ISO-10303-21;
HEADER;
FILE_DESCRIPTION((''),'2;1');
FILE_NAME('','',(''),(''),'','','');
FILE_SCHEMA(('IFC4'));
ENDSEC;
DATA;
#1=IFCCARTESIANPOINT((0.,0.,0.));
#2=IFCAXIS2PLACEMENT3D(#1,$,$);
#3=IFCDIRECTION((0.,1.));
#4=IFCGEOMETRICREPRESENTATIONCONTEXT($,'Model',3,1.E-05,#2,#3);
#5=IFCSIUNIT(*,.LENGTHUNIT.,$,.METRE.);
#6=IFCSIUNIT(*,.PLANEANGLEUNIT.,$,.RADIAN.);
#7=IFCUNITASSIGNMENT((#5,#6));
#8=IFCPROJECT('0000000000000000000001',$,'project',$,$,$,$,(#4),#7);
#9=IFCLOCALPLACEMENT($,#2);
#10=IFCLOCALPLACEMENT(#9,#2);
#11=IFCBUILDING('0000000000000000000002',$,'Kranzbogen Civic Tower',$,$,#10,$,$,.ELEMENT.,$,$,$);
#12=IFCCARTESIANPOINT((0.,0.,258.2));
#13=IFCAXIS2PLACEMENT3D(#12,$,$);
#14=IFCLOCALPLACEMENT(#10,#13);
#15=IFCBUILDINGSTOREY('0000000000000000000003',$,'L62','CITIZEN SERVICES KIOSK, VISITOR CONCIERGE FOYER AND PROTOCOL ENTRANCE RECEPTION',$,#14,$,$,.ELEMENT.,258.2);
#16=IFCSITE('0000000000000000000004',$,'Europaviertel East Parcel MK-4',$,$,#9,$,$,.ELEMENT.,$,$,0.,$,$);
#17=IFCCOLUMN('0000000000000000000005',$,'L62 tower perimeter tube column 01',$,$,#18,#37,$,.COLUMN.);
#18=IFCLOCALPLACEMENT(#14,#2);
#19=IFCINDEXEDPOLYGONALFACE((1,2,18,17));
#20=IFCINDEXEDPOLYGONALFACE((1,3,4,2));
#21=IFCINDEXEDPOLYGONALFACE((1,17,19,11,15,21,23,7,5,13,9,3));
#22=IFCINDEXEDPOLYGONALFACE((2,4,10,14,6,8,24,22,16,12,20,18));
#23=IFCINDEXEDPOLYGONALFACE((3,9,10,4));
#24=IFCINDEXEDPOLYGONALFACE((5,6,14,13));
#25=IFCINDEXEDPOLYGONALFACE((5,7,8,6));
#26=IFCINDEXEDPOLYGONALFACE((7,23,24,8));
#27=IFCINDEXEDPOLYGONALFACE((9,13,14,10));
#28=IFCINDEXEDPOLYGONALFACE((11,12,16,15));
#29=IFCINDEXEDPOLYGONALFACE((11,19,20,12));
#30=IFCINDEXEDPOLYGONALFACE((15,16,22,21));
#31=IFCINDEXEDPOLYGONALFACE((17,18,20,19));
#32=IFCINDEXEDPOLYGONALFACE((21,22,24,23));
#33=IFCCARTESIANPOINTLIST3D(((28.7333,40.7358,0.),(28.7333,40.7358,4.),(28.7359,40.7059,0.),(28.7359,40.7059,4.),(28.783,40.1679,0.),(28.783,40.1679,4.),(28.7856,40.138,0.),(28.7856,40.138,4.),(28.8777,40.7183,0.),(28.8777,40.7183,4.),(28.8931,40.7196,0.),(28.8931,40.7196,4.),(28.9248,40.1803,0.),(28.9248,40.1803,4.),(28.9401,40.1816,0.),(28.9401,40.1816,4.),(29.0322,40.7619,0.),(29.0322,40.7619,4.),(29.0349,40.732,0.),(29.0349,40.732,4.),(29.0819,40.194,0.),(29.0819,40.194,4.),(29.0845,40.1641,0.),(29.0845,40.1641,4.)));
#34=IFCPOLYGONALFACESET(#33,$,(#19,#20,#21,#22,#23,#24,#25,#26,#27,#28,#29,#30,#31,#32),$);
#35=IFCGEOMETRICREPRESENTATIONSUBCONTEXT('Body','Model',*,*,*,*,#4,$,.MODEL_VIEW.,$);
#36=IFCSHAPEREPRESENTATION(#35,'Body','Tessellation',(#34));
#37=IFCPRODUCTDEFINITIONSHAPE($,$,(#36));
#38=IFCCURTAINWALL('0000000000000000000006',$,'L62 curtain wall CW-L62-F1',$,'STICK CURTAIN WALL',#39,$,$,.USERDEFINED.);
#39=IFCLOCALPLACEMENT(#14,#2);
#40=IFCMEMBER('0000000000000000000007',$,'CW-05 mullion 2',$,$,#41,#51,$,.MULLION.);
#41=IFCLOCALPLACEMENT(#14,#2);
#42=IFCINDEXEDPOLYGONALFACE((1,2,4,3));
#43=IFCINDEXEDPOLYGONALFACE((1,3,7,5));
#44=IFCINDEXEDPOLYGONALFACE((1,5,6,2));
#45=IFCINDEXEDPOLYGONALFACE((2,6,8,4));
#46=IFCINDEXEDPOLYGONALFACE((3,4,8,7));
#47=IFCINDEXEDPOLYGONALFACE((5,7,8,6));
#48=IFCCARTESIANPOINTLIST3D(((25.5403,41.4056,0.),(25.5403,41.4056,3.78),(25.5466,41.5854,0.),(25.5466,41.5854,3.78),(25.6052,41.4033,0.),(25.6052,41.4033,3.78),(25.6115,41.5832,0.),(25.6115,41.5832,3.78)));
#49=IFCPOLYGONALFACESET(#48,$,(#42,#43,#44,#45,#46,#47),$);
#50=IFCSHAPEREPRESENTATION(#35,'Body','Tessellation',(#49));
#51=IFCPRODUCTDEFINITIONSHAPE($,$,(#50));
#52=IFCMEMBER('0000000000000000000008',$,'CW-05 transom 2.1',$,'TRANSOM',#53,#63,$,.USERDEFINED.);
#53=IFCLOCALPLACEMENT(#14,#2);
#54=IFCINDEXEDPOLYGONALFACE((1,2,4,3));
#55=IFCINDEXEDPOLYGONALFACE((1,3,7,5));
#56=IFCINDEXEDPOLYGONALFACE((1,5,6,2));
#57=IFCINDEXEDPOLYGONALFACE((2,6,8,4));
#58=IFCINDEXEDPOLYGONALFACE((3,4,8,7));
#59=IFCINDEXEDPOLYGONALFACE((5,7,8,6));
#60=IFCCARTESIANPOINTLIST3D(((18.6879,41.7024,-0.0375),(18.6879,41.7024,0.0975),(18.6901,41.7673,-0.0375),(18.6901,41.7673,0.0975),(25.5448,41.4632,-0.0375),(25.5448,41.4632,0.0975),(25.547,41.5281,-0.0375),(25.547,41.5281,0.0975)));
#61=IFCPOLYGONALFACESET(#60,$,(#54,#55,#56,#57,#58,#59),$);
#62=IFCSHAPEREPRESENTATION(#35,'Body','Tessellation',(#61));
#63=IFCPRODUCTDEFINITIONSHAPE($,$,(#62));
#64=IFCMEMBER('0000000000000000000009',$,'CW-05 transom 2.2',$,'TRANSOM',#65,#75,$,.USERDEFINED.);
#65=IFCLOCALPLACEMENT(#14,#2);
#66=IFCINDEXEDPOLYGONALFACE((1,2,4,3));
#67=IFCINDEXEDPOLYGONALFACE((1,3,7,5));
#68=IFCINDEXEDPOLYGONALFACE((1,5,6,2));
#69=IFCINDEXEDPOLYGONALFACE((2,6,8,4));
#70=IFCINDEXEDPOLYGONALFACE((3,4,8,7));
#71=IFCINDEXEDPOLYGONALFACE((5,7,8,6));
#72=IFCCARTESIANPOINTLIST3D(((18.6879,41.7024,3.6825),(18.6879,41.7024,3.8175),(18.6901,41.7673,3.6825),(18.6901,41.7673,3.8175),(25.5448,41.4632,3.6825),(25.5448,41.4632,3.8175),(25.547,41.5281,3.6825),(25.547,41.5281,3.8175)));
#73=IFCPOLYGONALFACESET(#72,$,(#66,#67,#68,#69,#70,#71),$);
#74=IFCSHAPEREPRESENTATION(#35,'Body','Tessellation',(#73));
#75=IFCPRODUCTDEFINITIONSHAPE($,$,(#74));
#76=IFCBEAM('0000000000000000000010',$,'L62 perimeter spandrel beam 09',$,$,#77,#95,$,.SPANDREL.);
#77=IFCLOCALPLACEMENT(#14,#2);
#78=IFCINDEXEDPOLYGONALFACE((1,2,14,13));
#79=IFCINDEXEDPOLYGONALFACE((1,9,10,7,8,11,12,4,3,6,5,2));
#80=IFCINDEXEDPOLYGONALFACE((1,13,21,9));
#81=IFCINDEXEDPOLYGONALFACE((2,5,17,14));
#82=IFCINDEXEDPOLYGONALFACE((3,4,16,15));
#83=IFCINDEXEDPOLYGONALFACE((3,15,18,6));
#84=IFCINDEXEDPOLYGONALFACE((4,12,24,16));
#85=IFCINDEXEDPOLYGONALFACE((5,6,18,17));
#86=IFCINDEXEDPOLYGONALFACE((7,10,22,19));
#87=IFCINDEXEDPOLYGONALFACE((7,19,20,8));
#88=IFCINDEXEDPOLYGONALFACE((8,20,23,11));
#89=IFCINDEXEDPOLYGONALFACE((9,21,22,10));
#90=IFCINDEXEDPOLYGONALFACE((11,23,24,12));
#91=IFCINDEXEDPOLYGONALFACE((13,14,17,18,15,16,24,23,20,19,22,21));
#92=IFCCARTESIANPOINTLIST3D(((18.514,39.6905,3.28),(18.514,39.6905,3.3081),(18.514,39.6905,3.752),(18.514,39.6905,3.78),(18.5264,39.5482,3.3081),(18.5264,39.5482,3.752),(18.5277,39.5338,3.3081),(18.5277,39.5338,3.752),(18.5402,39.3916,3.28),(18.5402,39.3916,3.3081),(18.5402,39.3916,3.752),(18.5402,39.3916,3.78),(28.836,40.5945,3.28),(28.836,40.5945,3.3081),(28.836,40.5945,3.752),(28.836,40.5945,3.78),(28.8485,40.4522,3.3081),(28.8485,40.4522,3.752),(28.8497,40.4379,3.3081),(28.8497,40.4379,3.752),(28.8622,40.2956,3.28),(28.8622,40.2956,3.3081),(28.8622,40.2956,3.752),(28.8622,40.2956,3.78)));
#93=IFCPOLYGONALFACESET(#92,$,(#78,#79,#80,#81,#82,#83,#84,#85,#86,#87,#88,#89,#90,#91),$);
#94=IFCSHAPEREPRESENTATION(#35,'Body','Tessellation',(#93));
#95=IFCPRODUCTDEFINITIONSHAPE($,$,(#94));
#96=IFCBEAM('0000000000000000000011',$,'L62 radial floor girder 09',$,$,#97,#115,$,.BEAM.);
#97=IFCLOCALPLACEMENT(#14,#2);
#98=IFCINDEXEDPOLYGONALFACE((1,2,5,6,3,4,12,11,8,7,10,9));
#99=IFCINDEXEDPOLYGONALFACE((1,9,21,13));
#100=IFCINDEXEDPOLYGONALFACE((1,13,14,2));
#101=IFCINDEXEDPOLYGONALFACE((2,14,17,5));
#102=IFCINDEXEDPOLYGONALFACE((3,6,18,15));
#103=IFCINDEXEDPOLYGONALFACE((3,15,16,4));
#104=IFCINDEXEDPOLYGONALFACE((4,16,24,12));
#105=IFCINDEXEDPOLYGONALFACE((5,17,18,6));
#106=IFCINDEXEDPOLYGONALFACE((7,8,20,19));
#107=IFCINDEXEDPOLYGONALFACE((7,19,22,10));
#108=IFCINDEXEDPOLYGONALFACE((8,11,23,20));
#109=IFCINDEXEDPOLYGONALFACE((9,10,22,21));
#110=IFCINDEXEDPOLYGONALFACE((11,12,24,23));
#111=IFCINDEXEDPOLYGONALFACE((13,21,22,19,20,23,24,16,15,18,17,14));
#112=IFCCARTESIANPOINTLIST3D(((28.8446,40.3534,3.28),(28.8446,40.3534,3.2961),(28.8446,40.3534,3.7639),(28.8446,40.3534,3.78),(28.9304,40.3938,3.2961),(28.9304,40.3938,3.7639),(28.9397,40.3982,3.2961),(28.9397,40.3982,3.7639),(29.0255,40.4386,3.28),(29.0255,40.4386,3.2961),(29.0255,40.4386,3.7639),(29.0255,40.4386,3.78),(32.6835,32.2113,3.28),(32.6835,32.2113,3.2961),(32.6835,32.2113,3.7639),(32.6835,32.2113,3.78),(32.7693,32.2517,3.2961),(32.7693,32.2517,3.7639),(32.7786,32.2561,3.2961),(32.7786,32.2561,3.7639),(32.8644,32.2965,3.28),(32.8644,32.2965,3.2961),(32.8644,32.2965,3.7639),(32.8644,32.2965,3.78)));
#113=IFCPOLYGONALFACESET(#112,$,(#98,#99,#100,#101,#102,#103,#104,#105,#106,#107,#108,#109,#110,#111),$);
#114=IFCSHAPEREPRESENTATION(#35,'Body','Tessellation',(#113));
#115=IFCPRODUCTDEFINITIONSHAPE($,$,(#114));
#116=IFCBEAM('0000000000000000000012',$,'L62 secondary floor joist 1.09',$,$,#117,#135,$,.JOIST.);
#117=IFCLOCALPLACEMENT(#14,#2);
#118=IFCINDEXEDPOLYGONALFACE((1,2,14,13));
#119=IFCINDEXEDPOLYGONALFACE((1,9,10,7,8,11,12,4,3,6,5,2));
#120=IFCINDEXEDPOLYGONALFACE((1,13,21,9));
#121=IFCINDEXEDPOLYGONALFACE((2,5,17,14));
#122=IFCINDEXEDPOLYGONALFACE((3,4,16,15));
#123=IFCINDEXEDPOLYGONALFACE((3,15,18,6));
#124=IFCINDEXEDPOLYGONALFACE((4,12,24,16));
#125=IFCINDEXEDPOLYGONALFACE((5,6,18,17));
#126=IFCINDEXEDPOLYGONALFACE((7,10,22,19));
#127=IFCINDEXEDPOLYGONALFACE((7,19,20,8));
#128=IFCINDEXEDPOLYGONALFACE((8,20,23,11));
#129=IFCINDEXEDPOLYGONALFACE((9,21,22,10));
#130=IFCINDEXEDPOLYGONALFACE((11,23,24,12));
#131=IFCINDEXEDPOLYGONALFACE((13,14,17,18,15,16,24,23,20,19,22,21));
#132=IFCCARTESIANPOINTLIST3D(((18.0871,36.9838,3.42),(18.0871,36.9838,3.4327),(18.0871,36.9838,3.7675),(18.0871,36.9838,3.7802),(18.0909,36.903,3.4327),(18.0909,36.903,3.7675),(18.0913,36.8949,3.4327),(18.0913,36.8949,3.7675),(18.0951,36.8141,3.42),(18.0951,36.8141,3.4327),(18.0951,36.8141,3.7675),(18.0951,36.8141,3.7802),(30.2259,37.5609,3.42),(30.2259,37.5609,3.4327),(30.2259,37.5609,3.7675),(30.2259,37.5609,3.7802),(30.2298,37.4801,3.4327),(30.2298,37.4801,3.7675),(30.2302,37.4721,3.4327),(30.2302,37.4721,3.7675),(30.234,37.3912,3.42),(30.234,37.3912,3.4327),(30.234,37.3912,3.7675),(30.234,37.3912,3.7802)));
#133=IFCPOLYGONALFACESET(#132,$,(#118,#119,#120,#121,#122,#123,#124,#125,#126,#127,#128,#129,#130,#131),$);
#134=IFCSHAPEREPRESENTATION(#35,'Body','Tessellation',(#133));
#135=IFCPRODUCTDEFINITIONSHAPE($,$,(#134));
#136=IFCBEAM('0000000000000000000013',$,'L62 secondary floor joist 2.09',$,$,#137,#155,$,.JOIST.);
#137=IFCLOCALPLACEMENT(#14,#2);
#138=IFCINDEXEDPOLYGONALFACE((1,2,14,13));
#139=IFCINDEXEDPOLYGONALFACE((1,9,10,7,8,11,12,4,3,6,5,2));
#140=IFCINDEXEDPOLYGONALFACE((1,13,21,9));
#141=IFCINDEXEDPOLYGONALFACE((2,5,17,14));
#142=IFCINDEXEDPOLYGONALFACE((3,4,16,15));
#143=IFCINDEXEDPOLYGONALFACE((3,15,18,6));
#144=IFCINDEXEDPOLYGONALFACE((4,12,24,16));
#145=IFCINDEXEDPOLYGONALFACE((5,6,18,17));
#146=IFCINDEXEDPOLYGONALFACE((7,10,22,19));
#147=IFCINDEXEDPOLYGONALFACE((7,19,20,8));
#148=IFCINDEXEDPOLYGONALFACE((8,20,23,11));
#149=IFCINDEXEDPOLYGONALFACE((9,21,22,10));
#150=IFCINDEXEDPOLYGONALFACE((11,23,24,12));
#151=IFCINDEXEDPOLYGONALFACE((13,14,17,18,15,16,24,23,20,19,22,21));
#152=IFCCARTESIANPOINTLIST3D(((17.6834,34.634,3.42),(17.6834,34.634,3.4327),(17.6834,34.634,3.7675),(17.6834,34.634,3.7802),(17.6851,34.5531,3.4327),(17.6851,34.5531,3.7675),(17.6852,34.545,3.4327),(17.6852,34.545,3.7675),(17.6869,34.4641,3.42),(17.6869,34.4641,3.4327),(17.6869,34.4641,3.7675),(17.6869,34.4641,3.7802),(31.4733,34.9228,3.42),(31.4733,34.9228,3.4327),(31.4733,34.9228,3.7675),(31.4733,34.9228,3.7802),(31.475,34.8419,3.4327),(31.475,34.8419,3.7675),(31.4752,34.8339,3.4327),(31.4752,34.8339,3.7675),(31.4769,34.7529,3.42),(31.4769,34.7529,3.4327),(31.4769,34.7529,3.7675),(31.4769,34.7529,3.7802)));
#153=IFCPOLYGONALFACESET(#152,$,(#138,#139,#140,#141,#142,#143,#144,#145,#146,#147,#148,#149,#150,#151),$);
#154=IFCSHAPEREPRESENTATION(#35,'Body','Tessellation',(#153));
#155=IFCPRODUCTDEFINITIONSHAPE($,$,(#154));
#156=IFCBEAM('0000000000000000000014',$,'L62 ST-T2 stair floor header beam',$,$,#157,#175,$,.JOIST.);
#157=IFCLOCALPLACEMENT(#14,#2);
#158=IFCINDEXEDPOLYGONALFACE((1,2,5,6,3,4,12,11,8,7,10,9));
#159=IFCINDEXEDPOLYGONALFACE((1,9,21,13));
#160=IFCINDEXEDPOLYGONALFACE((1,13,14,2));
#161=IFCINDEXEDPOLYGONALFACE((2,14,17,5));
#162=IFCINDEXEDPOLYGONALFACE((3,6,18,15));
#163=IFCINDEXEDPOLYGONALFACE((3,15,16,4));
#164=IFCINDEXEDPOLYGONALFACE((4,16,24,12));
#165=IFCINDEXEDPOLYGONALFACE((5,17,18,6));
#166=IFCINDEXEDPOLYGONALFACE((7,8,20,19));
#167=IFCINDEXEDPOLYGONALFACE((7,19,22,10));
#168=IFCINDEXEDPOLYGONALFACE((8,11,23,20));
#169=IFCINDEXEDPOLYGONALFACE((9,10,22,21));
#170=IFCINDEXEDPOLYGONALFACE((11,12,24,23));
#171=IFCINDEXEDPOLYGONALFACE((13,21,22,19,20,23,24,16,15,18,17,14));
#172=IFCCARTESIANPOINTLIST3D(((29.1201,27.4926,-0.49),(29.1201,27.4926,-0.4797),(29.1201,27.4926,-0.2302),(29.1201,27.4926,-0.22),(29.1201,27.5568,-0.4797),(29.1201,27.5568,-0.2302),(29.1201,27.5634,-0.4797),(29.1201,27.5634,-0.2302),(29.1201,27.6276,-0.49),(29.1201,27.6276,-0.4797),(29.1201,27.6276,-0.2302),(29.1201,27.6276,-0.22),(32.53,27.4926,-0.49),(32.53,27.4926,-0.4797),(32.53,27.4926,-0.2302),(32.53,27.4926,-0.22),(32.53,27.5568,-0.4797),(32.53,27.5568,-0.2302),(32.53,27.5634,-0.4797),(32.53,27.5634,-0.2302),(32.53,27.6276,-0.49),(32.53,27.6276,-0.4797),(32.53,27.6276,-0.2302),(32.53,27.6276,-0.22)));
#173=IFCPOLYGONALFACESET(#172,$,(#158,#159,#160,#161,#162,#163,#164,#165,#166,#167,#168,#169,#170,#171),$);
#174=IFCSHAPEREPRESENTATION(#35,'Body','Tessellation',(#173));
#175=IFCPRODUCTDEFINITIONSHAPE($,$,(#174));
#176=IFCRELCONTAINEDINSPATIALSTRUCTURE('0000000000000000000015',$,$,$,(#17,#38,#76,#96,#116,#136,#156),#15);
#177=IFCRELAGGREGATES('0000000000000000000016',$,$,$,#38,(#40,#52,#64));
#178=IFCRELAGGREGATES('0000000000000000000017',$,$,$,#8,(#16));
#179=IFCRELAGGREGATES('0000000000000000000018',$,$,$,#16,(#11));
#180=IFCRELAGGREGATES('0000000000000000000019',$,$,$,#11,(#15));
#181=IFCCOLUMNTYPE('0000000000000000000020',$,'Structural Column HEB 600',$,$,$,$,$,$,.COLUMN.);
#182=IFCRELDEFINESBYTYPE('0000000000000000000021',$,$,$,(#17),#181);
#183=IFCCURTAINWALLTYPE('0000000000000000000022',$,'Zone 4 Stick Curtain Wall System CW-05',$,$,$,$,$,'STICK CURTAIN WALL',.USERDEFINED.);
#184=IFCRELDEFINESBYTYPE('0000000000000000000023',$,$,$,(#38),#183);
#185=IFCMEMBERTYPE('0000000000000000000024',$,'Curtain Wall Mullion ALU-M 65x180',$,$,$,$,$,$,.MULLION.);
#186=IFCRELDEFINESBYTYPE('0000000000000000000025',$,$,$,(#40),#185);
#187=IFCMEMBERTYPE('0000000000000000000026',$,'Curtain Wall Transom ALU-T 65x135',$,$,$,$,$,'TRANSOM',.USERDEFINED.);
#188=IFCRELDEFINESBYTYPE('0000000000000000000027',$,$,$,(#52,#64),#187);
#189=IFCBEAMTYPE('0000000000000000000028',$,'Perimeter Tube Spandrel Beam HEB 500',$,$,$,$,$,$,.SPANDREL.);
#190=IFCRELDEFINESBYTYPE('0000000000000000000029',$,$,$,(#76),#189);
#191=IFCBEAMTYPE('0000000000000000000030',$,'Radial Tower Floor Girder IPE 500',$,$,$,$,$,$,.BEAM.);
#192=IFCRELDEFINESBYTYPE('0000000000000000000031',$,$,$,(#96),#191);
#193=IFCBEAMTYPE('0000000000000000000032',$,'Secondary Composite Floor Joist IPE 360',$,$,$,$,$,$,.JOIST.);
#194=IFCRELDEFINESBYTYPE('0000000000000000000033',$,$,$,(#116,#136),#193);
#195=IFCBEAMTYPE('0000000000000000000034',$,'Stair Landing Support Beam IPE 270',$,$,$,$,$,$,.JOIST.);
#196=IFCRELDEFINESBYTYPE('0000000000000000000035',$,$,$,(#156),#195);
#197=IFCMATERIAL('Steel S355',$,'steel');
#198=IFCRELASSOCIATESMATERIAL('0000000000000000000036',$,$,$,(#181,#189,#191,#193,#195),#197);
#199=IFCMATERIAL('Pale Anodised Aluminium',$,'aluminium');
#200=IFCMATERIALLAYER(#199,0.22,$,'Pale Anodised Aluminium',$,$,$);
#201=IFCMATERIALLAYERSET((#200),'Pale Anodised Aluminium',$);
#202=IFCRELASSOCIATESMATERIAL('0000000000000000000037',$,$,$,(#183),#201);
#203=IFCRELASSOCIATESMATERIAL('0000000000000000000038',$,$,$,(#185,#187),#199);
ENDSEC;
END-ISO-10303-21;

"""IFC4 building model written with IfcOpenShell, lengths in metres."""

from ifc_helpers import new_model, si_unit, direction, frame, origin, origin_2d, place, context, subcontext, project, spatial, rectangle, i_section, extrude, material, layer, layer_set, material_profile, profile_set, type_object, element, aggregate, save


model = new_model("IFC4")

# Units and contexts
model_context = context("Model", 3, precision=1e-05, world=origin(), true_north=direction((0.0, 1.0)))
body_context = subcontext(model_context, "Body", "Model", "MODEL_VIEW")
ifc_project = project(units=[si_unit("LENGTHUNIT", "METRE"), si_unit("PLANEANGLEUNIT", "RADIAN")], contexts=[model_context])

# Site, building, storey
site_placement = place(None, origin())
site = spatial("IfcSite", under=ifc_project, at=site_placement, Name="Europaviertel East Parcel MK-4", CompositionType="ELEMENT", RefElevation=0.0)
building_placement = place(site_placement, origin())
building = spatial("IfcBuilding", under=site, at=building_placement, Name="Kranzbogen Civic Tower", CompositionType="ELEMENT")
storey_placement = place(building_placement, frame((0.0, 0.0, 258.2)))
storey = spatial("IfcBuildingStorey", under=building, at=storey_placement, Name="L62", Description="CITIZEN SERVICES KIOSK, VISITOR CONCIERGE FOYER AND PROTOCOL ENTRANCE RECEPTION", CompositionType="ELEMENT", Elevation=258.2)

# Column
ifc_material_1 = material(Name="Steel S355", Category="steel")
ifc_material_profile_1 = material_profile(ifc_material_1, i_section(OverallWidth=0.3, OverallDepth=0.6001, WebThickness=0.0154, FlangeThickness=0.03, at=origin_2d()), Name="HEB 600")
ifc_profile_set_1 = profile_set([ifc_material_profile_1], Name="Steel S355")
column_type = type_object("IfcColumnType", Name="Structural Column HEB 600", PredefinedType="COLUMN", material=ifc_profile_set_1)
column_placement = place(storey_placement, frame((28.9089, 40.45, 0.0), z_axis=(0.0, 0.0, 1.0), x_axis=(0.996195, 0.087156, 0.0)))
element("IfcColumn", 1, at=column_placement, inside=storey, type_object=column_type, Name="L62 tower perimeter tube column 01", PredefinedType="COLUMN", context=body_context, shape_type="SweptSolid", body=[
    extrude(i_section(OverallWidth=0.3, OverallDepth=0.6001, WebThickness=0.0154, FlangeThickness=0.03, at=origin_2d()), origin(), (0.0, 0.0, 1.0), 4.0),
])

# Curtain wall, members
ifc_material_2 = material(Name="Pale Anodised Aluminium", Category="aluminium")
ifc_layer_1 = layer(ifc_material_2, 0.22, Name="Pale Anodised Aluminium")
ifc_layer_set_1 = layer_set([ifc_layer_1], Name="Pale Anodised Aluminium")
curtain_wall_type = type_object("IfcCurtainWallType", Name="Zone 4 Stick Curtain Wall System CW-05", ElementType="STICK CURTAIN WALL", PredefinedType="USERDEFINED", material=ifc_layer_set_1)
curtain_wall_placement = place(storey_placement, origin())
curtain_wall = element("IfcCurtainWall", 2, at=curtain_wall_placement, inside=storey, type_object=curtain_wall_type, Name="L62 curtain wall CW-L62-F1", ObjectType="STICK CURTAIN WALL", PredefinedType="USERDEFINED")
ifc_material_profile_2 = material_profile(ifc_material_2, rectangle(XDim=0.0649, YDim=0.1799, at=origin_2d()), Name="ALU-M 65x180")
ifc_profile_set_2 = profile_set([ifc_material_profile_2], Name="Pale Anodised Aluminium")
member_type_1 = type_object("IfcMemberType", Name="Curtain Wall Mullion ALU-M 65x180", PredefinedType="MULLION", material=ifc_profile_set_2)
member_1_placement = place(storey_placement, frame((25.5759, 41.4944, 0.0), z_axis=(0.0, 0.0, 1.0), x_axis=(-0.999391, 0.034886, 0.0)))
member_1 = element("IfcMember", 3, at=member_1_placement, type_object=member_type_1, Name="CW-05 mullion 2", PredefinedType="MULLION", context=body_context, shape_type="SweptSolid", body=[
    extrude(rectangle(XDim=0.0649, YDim=0.1799, at=origin_2d()), origin(), (0.0, 0.0, 1.0), 3.78),
])
ifc_material_profile_3 = material_profile(ifc_material_2, rectangle(XDim=0.0649, YDim=0.135, at=origin_2d()), Name="ALU-T 65x135")
ifc_profile_set_3 = profile_set([ifc_material_profile_3], Name="Pale Anodised Aluminium")
member_type_2 = type_object("IfcMemberType", Name="Curtain Wall Transom ALU-T 65x135", ElementType="TRANSOM", PredefinedType="USERDEFINED", material=ifc_profile_set_3)
member_2_placement = place(storey_placement, frame((25.5459, 41.4956, 0.03), z_axis=(-0.999392, 0.034872, 0.0), x_axis=(-0.034872, -0.999392, 0.0)))
member_2 = element("IfcMember", 4, at=member_2_placement, type_object=member_type_2, Name="CW-05 transom 2.1", ObjectType="TRANSOM", PredefinedType="USERDEFINED", context=body_context, shape_type="SweptSolid", body=[
    extrude(rectangle(XDim=0.0649, YDim=0.135, at=origin_2d()), origin(), (0.0, 0.0, 1.0), 6.8611),
])
member_3_placement = place(storey_placement, frame((25.5459, 41.4956, 3.75), z_axis=(-0.999392, 0.034872, 0.0), x_axis=(-0.034872, -0.999392, 0.0)))
member_3 = element("IfcMember", 5, at=member_3_placement, type_object=member_type_2, Name="CW-05 transom 2.2", ObjectType="TRANSOM", PredefinedType="USERDEFINED", context=body_context, shape_type="SweptSolid", body=[
    extrude(rectangle(XDim=0.0649, YDim=0.135, at=origin_2d()), origin(), (0.0, 0.0, 1.0), 6.8611),
])

# Beams
ifc_material_profile_4 = material_profile(ifc_material_1, i_section(OverallWidth=0.3, OverallDepth=0.5, WebThickness=0.0144, FlangeThickness=0.0281, at=origin_2d()), Name="HEB 500")
ifc_profile_set_4 = profile_set([ifc_material_profile_4], Name="Steel S355")
beam_type_1 = type_object("IfcBeamType", Name="Perimeter Tube Spandrel Beam HEB 500", PredefinedType="SPANDREL", material=ifc_profile_set_4)
beam_1_placement = place(storey_placement, frame((28.8491, 40.4451, 3.53), z_axis=(-0.996186, -0.087251, 0.0), x_axis=(0.087251, -0.996186, 0.0)))
element("IfcBeam", 6, at=beam_1_placement, inside=storey, type_object=beam_type_1, Name="L62 perimeter spandrel beam 09", PredefinedType="SPANDREL", context=body_context, shape_type="SweptSolid", body=[
    extrude(i_section(OverallWidth=0.3, OverallDepth=0.5, WebThickness=0.0144, FlangeThickness=0.0281, at=origin_2d()), origin(), (0.0, 0.0, 1.0), 10.3616),
])
ifc_material_profile_5 = material_profile(ifc_material_1, i_section(OverallWidth=0.2, OverallDepth=0.5, WebThickness=0.0103, FlangeThickness=0.0161, at=origin_2d()), Name="IPE 500")
ifc_profile_set_5 = profile_set([ifc_material_profile_5], Name="Steel S355")
beam_type_2 = type_object("IfcBeamType", Name="Radial Tower Floor Girder IPE 500", PredefinedType="BEAM", material=ifc_profile_set_5)
beam_2_placement = place(storey_placement, frame((28.9351, 40.396, 3.53), z_axis=(0.42646, -0.904506, 0.0), x_axis=(0.904506, 0.42646, 0.0)))
element("IfcBeam", 7, at=beam_2_placement, inside=storey, type_object=beam_type_2, Name="L62 radial floor girder 09", PredefinedType="BEAM", context=body_context, shape_type="SweptSolid", body=[
    extrude(i_section(OverallWidth=0.2, OverallDepth=0.5, WebThickness=0.0103, FlangeThickness=0.0161, at=origin_2d()), origin(), (0.0, 0.0, 1.0), 9.0017),
])
ifc_material_profile_6 = material_profile(ifc_material_1, i_section(OverallWidth=0.1699, OverallDepth=0.3601, WebThickness=0.0081, FlangeThickness=0.0127, at=origin_2d()), Name="IPE 360")
ifc_profile_set_6 = profile_set([ifc_material_profile_6], Name="Steel S355")
beam_type_3 = type_object("IfcBeamType", Name="Secondary Composite Floor Joist IPE 360", PredefinedType="JOIST", material=ifc_profile_set_6)
beam_3_placement = place(storey_placement, frame((30.23, 37.4761, 3.6001), z_axis=(-0.998872, -0.047492, 0.0), x_axis=(0.047492, -0.998872, 0.0)))
element("IfcBeam", 8, at=beam_3_placement, inside=storey, type_object=beam_type_3, Name="L62 secondary floor joist 1.09", PredefinedType="JOIST", context=body_context, shape_type="SweptSolid", body=[
    extrude(i_section(OverallWidth=0.1699, OverallDepth=0.3601, WebThickness=0.0081, FlangeThickness=0.0127, at=origin_2d()), origin(), (0.0, 0.0, 1.0), 12.1526),
])
beam_4_placement = place(storey_placement, frame((31.4751, 34.8379, 3.6001), z_axis=(-0.999781, -0.020939, 0.0), x_axis=(0.020939, -0.999781, 0.0)))
element("IfcBeam", 9, at=beam_4_placement, inside=storey, type_object=beam_type_3, Name="L62 secondary floor joist 2.09", PredefinedType="JOIST", context=body_context, shape_type="SweptSolid", body=[
    extrude(i_section(OverallWidth=0.1699, OverallDepth=0.3601, WebThickness=0.0081, FlangeThickness=0.0127, at=origin_2d()), origin(), (0.0, 0.0, 1.0), 13.793),
])
ifc_material_profile_7 = material_profile(ifc_material_1, i_section(OverallWidth=0.135, OverallDepth=0.27, WebThickness=0.0066, FlangeThickness=0.0103, at=origin_2d()), Name="IPE 270")
ifc_profile_set_7 = profile_set([ifc_material_profile_7], Name="Steel S355")
beam_type_4 = type_object("IfcBeamType", Name="Stair Landing Support Beam IPE 270", PredefinedType="JOIST", material=ifc_profile_set_7)
beam_5_placement = place(storey_placement, frame((29.1201, 27.5601, -0.355), z_axis=(1.0, 0.0, 0.0), x_axis=(0.0, 1.0, 0.0)))
element("IfcBeam", 10, at=beam_5_placement, inside=storey, type_object=beam_type_4, Name="L62 ST-T2 stair floor header beam", PredefinedType="JOIST", context=body_context, shape_type="SweptSolid", body=[
    extrude(i_section(OverallWidth=0.135, OverallDepth=0.27, WebThickness=0.0066, FlangeThickness=0.0103, at=origin_2d()), origin(), (0.0, 0.0, 1.0), 3.4099),
])

aggregate(curtain_wall, [member_1, member_2, member_3])

save(model, "model.ifc")
